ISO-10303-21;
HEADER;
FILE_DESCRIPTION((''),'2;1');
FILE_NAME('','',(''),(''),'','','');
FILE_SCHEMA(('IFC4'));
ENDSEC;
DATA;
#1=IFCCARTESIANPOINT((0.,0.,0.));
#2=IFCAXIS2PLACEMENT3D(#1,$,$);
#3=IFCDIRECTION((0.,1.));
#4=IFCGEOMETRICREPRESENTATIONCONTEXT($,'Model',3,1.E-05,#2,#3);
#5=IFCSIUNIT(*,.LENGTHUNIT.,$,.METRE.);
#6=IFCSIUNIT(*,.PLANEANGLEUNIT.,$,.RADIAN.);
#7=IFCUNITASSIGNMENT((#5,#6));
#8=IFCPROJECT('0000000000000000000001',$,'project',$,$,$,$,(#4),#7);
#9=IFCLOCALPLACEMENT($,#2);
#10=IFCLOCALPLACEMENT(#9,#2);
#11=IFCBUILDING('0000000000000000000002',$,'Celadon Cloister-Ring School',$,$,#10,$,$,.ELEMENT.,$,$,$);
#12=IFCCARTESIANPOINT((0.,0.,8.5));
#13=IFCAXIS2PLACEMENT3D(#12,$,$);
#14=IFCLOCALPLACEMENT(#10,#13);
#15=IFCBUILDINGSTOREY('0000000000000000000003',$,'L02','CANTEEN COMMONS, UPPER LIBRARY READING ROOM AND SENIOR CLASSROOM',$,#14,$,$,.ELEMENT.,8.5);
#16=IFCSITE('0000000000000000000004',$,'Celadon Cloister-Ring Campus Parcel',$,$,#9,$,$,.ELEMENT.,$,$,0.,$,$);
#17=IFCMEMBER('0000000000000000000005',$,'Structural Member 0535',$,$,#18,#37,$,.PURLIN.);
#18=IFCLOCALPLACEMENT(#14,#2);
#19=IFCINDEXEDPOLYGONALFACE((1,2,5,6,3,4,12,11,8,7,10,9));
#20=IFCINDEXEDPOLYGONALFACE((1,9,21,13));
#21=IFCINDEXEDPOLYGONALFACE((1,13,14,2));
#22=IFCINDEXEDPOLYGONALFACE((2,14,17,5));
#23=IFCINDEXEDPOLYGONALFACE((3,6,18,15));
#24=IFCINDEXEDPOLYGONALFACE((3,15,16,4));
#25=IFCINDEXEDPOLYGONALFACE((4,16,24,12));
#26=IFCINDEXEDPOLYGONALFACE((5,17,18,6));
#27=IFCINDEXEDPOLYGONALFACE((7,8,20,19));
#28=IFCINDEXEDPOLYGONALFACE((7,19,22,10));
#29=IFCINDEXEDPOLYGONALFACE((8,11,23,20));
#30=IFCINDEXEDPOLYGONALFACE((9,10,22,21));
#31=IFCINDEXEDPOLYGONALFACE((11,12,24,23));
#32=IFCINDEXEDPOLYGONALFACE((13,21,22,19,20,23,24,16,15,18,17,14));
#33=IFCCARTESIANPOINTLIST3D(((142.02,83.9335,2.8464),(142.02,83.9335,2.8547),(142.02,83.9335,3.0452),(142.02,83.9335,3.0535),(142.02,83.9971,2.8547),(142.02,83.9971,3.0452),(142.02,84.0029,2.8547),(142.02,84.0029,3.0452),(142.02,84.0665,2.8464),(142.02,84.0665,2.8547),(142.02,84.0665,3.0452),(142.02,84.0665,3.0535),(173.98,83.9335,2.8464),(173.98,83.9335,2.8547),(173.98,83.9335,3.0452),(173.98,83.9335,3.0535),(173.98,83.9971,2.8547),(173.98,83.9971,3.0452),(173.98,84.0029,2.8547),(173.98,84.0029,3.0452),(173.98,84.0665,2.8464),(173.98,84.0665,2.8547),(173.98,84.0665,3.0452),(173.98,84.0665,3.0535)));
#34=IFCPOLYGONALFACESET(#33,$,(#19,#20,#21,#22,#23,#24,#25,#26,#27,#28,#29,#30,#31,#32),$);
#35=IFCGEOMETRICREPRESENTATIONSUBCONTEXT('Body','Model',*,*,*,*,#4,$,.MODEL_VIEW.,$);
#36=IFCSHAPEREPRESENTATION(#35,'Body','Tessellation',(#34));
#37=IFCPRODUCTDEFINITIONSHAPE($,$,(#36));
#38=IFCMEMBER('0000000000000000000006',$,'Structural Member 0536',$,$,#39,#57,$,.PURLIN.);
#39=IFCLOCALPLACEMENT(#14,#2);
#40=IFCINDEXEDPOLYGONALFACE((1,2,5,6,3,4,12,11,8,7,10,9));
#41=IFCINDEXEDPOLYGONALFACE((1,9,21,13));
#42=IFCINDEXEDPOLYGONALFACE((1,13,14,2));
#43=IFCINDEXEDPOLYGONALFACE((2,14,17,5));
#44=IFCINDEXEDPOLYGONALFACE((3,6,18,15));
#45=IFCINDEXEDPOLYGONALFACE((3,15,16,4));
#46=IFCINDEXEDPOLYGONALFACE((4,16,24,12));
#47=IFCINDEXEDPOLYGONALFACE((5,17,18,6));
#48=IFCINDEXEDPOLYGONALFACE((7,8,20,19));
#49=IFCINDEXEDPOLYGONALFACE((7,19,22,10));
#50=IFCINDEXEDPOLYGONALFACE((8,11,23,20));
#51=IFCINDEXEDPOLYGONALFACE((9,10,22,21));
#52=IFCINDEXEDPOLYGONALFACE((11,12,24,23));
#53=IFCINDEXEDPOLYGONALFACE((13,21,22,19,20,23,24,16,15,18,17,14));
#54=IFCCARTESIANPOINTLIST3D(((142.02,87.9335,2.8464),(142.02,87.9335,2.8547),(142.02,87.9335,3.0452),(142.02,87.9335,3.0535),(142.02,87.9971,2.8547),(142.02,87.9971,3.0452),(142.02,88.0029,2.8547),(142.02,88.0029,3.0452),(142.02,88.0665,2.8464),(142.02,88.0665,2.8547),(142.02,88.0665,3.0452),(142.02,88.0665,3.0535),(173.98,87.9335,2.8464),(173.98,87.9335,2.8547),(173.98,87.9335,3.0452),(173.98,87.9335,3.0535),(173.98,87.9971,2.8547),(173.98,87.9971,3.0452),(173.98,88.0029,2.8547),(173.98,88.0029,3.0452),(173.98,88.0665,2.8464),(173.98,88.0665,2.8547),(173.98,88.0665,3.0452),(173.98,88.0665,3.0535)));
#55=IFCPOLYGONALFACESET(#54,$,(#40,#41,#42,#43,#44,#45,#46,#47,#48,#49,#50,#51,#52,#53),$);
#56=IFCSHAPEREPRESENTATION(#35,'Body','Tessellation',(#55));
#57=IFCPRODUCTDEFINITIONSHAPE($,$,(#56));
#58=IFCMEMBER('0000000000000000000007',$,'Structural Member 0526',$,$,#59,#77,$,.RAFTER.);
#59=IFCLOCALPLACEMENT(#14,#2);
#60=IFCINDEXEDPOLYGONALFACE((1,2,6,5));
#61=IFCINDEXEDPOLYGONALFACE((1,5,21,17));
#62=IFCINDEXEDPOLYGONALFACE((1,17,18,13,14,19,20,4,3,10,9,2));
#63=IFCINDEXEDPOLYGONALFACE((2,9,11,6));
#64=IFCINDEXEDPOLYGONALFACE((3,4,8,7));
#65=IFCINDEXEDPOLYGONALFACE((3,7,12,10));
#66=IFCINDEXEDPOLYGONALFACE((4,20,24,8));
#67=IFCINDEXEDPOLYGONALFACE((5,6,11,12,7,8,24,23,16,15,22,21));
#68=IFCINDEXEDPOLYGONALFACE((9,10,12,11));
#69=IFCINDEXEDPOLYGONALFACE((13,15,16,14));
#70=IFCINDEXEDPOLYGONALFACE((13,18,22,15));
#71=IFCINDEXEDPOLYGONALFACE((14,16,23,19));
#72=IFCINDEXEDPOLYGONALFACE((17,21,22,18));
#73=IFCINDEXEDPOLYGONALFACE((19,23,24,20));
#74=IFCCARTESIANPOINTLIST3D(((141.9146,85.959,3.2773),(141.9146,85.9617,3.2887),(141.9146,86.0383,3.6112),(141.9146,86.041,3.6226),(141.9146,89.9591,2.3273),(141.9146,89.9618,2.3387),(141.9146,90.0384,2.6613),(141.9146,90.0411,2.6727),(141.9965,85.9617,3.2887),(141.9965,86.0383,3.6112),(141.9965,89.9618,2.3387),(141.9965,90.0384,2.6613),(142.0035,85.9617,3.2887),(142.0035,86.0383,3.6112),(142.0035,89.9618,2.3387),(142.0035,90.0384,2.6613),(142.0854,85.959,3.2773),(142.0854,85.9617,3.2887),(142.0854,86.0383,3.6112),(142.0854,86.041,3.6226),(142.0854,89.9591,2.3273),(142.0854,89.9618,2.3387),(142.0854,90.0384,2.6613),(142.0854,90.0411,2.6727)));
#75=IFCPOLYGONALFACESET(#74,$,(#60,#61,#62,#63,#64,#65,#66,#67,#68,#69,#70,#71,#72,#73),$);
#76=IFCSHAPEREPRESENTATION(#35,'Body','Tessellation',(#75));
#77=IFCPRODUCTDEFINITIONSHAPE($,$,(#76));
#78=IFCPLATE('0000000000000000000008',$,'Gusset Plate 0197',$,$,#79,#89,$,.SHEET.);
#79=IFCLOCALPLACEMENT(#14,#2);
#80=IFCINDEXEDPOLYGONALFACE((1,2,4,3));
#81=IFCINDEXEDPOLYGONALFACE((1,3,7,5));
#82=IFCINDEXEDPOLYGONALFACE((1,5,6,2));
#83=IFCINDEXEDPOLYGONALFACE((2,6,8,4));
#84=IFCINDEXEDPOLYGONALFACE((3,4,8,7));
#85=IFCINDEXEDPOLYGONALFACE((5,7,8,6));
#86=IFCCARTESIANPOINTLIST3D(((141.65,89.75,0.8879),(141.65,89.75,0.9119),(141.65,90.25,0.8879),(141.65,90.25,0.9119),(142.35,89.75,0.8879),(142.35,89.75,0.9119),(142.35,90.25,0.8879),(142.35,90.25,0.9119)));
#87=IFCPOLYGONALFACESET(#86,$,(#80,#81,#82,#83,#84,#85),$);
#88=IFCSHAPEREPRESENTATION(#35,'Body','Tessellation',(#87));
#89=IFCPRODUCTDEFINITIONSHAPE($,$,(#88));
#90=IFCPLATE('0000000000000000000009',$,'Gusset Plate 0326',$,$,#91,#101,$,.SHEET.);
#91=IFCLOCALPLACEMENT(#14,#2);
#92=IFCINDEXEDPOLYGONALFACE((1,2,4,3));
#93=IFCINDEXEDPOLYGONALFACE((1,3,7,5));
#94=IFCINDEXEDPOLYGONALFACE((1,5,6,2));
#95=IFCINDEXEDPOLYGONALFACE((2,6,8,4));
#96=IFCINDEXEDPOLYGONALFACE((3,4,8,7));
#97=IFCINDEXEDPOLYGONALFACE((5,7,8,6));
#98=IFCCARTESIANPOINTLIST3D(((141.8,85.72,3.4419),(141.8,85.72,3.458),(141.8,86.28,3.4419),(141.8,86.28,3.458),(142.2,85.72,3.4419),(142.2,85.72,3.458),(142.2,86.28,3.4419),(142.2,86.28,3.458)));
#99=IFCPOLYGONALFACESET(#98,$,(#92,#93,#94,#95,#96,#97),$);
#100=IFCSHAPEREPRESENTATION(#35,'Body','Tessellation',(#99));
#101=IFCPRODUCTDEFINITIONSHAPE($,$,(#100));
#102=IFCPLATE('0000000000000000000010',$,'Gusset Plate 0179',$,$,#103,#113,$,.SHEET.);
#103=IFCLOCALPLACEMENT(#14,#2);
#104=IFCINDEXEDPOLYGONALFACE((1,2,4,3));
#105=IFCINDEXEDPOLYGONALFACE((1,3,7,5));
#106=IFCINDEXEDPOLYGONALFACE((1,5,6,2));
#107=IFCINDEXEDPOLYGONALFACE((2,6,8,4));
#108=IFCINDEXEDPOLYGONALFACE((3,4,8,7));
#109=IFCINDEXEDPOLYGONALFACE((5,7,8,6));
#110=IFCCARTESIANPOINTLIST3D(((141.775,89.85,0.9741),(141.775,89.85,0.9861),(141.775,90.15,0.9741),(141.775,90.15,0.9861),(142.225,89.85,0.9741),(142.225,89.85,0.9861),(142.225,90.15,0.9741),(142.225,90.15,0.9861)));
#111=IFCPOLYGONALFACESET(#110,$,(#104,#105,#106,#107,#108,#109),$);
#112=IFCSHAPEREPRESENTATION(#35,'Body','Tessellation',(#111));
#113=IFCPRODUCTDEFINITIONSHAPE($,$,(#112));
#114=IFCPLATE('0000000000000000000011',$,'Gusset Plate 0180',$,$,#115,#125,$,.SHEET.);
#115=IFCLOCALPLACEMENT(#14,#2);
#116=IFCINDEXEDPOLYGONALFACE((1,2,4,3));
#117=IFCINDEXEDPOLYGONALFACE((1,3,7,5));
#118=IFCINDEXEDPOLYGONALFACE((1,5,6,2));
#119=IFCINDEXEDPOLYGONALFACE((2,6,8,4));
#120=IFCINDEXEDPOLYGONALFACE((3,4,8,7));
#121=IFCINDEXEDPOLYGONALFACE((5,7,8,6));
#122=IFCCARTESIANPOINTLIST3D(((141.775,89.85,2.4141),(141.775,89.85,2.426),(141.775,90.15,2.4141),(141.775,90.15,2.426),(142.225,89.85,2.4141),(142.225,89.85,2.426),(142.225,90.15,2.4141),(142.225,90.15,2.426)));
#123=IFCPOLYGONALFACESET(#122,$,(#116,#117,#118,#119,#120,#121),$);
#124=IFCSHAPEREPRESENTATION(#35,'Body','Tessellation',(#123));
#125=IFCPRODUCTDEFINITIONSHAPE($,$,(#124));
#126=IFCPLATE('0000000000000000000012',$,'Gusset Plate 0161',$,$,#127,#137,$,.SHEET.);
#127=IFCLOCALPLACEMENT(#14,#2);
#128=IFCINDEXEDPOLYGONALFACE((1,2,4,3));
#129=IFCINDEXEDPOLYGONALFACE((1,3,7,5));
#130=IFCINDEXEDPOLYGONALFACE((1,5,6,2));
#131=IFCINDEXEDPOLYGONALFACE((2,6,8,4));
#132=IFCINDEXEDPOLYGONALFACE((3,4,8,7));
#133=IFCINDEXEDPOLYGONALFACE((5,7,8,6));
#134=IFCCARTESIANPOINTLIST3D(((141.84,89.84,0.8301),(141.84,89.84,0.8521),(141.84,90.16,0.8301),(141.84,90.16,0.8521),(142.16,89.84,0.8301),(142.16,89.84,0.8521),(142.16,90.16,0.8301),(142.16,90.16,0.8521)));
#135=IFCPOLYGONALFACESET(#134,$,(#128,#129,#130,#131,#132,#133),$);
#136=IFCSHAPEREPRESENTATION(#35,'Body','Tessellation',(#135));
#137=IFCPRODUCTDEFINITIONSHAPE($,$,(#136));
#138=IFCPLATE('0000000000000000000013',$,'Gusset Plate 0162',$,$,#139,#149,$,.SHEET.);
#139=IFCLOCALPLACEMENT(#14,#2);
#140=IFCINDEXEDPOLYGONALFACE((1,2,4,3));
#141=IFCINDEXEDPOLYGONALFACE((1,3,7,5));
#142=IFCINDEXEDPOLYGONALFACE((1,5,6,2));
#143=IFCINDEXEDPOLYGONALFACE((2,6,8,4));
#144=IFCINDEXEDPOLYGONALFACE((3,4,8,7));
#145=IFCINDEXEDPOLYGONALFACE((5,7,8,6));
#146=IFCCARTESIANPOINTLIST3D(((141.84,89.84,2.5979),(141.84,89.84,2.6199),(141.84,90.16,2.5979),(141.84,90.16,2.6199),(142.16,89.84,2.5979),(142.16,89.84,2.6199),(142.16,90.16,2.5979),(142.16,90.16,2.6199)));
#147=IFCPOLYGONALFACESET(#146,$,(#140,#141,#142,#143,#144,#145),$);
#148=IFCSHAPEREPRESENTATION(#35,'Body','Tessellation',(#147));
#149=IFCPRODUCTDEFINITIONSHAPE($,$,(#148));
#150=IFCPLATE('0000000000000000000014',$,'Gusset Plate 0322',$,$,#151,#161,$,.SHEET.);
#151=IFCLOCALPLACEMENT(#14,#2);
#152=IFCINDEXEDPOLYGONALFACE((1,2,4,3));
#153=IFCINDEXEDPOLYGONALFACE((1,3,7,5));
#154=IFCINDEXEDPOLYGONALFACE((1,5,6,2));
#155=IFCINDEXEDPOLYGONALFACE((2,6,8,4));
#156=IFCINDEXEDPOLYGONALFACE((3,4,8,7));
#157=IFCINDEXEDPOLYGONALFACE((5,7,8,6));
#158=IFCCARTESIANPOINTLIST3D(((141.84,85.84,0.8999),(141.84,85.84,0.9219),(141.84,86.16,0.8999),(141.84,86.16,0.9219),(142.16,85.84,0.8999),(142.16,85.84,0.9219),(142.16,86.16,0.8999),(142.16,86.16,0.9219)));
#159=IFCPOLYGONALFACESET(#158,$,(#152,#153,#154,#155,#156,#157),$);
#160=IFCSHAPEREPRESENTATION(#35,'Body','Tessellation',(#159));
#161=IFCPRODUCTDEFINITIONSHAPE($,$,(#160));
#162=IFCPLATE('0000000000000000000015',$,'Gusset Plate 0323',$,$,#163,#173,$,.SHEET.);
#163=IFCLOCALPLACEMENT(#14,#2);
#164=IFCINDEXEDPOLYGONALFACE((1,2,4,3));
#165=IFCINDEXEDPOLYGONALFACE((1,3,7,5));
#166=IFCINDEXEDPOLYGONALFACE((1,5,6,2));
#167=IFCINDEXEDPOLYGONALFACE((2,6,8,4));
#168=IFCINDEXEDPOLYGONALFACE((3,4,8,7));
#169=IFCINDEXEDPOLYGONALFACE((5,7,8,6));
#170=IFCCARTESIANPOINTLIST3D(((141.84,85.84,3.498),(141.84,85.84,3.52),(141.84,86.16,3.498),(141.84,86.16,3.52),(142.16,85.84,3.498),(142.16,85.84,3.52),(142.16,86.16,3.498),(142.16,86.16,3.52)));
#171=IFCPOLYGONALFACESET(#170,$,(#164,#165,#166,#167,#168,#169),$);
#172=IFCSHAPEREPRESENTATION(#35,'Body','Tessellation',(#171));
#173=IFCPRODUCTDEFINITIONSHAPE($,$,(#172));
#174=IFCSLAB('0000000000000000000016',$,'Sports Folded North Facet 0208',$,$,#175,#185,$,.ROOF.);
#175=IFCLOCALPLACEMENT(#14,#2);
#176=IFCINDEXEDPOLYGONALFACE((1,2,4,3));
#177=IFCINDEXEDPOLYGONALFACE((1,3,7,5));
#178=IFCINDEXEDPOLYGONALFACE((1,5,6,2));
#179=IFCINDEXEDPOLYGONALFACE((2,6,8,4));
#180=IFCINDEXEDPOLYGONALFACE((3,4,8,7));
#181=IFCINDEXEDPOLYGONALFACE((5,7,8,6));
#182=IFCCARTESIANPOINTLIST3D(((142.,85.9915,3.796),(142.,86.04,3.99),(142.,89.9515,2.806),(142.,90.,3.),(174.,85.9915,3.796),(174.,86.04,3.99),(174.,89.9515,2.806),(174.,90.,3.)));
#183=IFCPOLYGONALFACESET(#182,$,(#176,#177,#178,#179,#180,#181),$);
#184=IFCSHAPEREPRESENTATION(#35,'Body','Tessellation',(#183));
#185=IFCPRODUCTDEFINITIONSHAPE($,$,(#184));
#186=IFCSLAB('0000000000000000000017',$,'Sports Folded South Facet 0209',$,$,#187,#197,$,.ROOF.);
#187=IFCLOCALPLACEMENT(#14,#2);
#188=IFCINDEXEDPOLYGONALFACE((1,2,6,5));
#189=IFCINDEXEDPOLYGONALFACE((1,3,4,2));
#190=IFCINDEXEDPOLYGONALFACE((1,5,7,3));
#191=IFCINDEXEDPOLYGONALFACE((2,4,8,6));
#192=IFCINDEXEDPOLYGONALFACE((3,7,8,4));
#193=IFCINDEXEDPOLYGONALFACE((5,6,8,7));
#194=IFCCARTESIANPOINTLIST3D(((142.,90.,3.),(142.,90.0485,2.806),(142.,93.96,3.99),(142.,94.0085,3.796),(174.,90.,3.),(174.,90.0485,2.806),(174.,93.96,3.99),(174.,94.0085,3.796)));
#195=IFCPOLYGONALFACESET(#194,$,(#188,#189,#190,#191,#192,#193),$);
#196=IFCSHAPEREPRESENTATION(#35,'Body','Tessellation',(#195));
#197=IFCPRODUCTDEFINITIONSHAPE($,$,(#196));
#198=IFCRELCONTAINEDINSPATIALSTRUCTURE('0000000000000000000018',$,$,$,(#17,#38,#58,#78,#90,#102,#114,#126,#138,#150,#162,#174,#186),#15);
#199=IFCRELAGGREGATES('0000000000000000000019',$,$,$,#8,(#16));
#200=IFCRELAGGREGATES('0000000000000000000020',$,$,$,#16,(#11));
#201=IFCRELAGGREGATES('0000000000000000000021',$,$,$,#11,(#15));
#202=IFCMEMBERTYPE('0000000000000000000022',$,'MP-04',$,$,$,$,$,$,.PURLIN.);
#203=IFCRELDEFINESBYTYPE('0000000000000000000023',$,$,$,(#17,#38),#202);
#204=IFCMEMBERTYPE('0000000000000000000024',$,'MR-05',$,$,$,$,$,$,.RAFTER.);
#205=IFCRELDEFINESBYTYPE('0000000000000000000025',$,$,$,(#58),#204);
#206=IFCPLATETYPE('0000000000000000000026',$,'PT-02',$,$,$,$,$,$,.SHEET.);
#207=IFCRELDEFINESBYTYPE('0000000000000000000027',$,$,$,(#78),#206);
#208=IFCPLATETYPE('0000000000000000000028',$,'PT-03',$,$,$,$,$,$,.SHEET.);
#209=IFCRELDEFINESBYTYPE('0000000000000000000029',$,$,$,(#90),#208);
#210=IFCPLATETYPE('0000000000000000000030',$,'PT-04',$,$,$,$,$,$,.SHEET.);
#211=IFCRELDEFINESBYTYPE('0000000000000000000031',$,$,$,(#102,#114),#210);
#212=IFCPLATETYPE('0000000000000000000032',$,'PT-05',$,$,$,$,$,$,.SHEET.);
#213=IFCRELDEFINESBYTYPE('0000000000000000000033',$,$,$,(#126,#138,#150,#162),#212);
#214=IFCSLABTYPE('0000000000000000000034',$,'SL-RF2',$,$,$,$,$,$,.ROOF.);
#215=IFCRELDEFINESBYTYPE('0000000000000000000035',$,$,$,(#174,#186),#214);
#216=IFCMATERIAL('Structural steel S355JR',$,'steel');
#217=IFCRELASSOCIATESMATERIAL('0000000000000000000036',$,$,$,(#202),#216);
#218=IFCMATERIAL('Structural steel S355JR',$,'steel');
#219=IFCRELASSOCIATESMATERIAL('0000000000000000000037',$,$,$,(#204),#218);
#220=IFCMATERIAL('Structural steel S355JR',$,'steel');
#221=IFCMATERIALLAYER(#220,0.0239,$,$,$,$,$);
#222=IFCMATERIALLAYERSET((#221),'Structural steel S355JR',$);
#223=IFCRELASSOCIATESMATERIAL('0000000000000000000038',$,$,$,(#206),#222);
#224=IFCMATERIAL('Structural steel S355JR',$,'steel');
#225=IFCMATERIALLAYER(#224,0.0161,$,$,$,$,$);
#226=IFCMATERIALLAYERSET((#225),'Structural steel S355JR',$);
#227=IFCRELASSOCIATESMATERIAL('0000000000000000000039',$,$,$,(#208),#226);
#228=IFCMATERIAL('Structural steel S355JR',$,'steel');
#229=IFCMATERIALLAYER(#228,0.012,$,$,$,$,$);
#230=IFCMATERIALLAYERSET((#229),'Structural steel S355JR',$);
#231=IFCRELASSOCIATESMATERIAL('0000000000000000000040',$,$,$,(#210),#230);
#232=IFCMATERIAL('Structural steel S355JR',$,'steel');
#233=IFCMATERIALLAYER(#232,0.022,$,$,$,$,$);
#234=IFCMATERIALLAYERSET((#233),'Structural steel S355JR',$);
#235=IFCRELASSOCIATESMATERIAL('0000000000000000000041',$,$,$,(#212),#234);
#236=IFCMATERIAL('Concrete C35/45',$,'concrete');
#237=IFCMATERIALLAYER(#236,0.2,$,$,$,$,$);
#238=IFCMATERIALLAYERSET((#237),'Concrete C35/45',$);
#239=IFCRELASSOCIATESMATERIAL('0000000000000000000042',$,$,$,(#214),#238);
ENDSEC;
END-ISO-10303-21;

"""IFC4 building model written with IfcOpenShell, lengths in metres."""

from ifc_helpers import new_model, si_unit, direction, frame, origin, origin_2d, place, context, subcontext, project, spatial, polyline, rectangle, i_section, outline, extrude, material, layer, layer_set, material_profile, profile_set, type_object, element, save


model = new_model("IFC4")

# Units and contexts
model_context = context("Model", 3, precision=1e-05, world=origin(), true_north=direction((0.0, 1.0)))
body_context = subcontext(model_context, "Body", "Model", "MODEL_VIEW")
ifc_project = project(units=[si_unit("LENGTHUNIT", "METRE"), si_unit("PLANEANGLEUNIT", "RADIAN")], contexts=[model_context])

# Site, building, storey
site_placement = place(None, origin())
site = spatial("IfcSite", under=ifc_project, at=site_placement, Name="Celadon Cloister-Ring Campus Parcel", CompositionType="ELEMENT", RefElevation=0.0)
building_placement = place(site_placement, origin())
building = spatial("IfcBuilding", under=site, at=building_placement, Name="Celadon Cloister-Ring School", CompositionType="ELEMENT")
storey_placement = place(building_placement, frame((0.0, 0.0, 8.5)))
storey = spatial("IfcBuildingStorey", under=building, at=storey_placement, Name="L02", Description="CANTEEN COMMONS, UPPER LIBRARY READING ROOM AND SENIOR CLASSROOM", CompositionType="ELEMENT", Elevation=8.5)

# Members
ifc_material_1 = material(Name="Structural steel S355JR", Category="steel")
ifc_material_profile_1 = material_profile(ifc_material_1, i_section(OverallWidth=0.1331, OverallDepth=0.207, WebThickness=0.0059, FlangeThickness=0.0083, at=origin_2d()), Name="W200X27")
ifc_profile_set_1 = profile_set([ifc_material_profile_1], Name="Structural steel S355JR")
member_type_1 = type_object("IfcMemberType", Name="MP-04", PredefinedType="PURLIN", material=ifc_profile_set_1)
for number, where, z_axis, x_axis, name in (
    (1, (142.02, 84.0, 2.95), (1.0, 0.0, 0.0), (0.0, 1.0, 0.0), "Structural Member 0535"),
    (2, (142.02, 88.0, 2.95), (1.0, 0.0, 0.0), (0.0, 1.0, 0.0), "Structural Member 0536"),
):
    element("IfcMember", number, at=place(storey_placement, frame(where, z_axis=z_axis, x_axis=x_axis)), inside=storey, type_object=member_type_1, Name=name, PredefinedType="PURLIN", context=body_context, shape_type="SweptSolid", body=[
        extrude(i_section(OverallWidth=0.1331, OverallDepth=0.207, WebThickness=0.0059, FlangeThickness=0.0083, at=origin_2d()), origin(), (0.0, 0.0, 1.0), 31.96),
    ])
ifc_material_2 = material(Name="Structural steel S355JR", Category="steel")
ifc_material_profile_2 = material_profile(ifc_material_2, i_section(OverallWidth=0.1709, OverallDepth=0.355, WebThickness=0.0071, FlangeThickness=0.0117, at=origin_2d()), Name="W360X51")
ifc_profile_set_2 = profile_set([ifc_material_profile_2], Name="Structural steel S355JR")
member_type_2 = type_object("IfcMemberType", Name="MR-05", PredefinedType="RAFTER", material=ifc_profile_set_2)
member_1_placement = place(storey_placement, frame((142.0, 86.0, 3.45), z_axis=(0.0, 0.972939, -0.231061), x_axis=(-1.0, 0.0, 0.0)))
element("IfcMember", 3, at=member_1_placement, inside=storey, type_object=member_type_2, Name="Structural Member 0526", PredefinedType="RAFTER", context=body_context, shape_type="SweptSolid", body=[
    extrude(i_section(OverallWidth=0.1709, OverallDepth=0.355, WebThickness=0.0071, FlangeThickness=0.0117, at=origin_2d()), origin(), (0.0, 0.0, 1.0), 4.1113),
])

# Plates
ifc_material_3 = material(Name="Structural steel S355JR", Category="steel")
ifc_layer_1 = layer(ifc_material_3, 0.0239)
ifc_layer_set_1 = layer_set([ifc_layer_1], Name="Structural steel S355JR")
plate_type_1 = type_object("IfcPlateType", Name="PT-02", PredefinedType="SHEET", material=ifc_layer_set_1)
plate_1_placement = place(storey_placement, frame((142.0, 90.0, 0.8879), z_axis=(0.0, 0.0, 1.0), x_axis=(1.0, 0.0, 0.0)))
element("IfcPlate", 4, at=plate_1_placement, inside=storey, type_object=plate_type_1, Name="Gusset Plate 0197", PredefinedType="SHEET", context=body_context, shape_type="SweptSolid", body=[
    extrude(rectangle(XDim=0.7, YDim=0.5, at=origin_2d()), origin(), (0.0, 0.0, 1.0), 0.0239),
])
ifc_material_4 = material(Name="Structural steel S355JR", Category="steel")
ifc_layer_2 = layer(ifc_material_4, 0.0161)
ifc_layer_set_2 = layer_set([ifc_layer_2], Name="Structural steel S355JR")
plate_type_2 = type_object("IfcPlateType", Name="PT-03", PredefinedType="SHEET", material=ifc_layer_set_2)
plate_2_placement = place(storey_placement, frame((142.0, 86.0, 3.4419), z_axis=(0.0, 0.0, 1.0), x_axis=(0.0, 1.0, 0.0)))
element("IfcPlate", 5, at=plate_2_placement, inside=storey, type_object=plate_type_2, Name="Gusset Plate 0326", PredefinedType="SHEET", context=body_context, shape_type="SweptSolid", body=[
    extrude(rectangle(XDim=0.5601, YDim=0.3999, at=origin_2d()), origin(), (0.0, 0.0, 1.0), 0.0161),
])
ifc_material_5 = material(Name="Structural steel S355JR", Category="steel")
ifc_layer_3 = layer(ifc_material_5, 0.012)
ifc_layer_set_3 = layer_set([ifc_layer_3], Name="Structural steel S355JR")
plate_type_3 = type_object("IfcPlateType", Name="PT-04", PredefinedType="SHEET", material=ifc_layer_set_3)
for number, where, z_axis, x_axis, name in (
    (6, (142.0, 90.0, 0.9741), (0.0, 0.0, 1.0), (1.0, 0.0, 0.0), "Gusset Plate 0179"),
    (7, (142.0, 90.0, 2.4141), (0.0, 0.0, 1.0), (1.0, 0.0, 0.0), "Gusset Plate 0180"),
):
    element("IfcPlate", number, at=place(storey_placement, frame(where, z_axis=z_axis, x_axis=x_axis)), inside=storey, type_object=plate_type_3, Name=name, PredefinedType="SHEET", context=body_context, shape_type="SweptSolid", body=[
        extrude(rectangle(XDim=0.45, YDim=0.3, at=origin_2d()), origin(), (0.0, 0.0, 1.0), 0.012),
    ])
ifc_material_6 = material(Name="Structural steel S355JR", Category="steel")
ifc_layer_4 = layer(ifc_material_6, 0.022)
ifc_layer_set_4 = layer_set([ifc_layer_4], Name="Structural steel S355JR")
plate_type_4 = type_object("IfcPlateType", Name="PT-05", PredefinedType="SHEET", material=ifc_layer_set_4)
for number, where, z_axis, x_axis, name in (
    (8, (142.0, 90.0, 0.8301), (0.0, 0.0, 1.0), (1.0, 0.0, 0.0), "Gusset Plate 0161"),
    (9, (142.0, 90.0, 2.5979), (0.0, 0.0, 1.0), (1.0, 0.0, 0.0), "Gusset Plate 0162"),
    (10, (142.0, 86.0, 0.8999), (0.0, 0.0, 1.0), (1.0, 0.0, 0.0), "Gusset Plate 0322"),
    (11, (142.0, 86.0, 3.498), (0.0, 0.0, 1.0), (1.0, 0.0, 0.0), "Gusset Plate 0323"),
):
    element("IfcPlate", number, at=place(storey_placement, frame(where, z_axis=z_axis, x_axis=x_axis)), inside=storey, type_object=plate_type_4, Name=name, PredefinedType="SHEET", context=body_context, shape_type="SweptSolid", body=[
        extrude(rectangle(XDim=0.3201, YDim=0.3201, at=origin_2d()), origin(), (0.0, 0.0, 1.0), 0.022),
    ])

# Slabs
ifc_material_7 = material(Name="Concrete C35/45", Category="concrete")
ifc_layer_5 = layer(ifc_material_7, 0.2)
ifc_layer_set_5 = layer_set([ifc_layer_5], Name="Concrete C35/45")
slab_type = type_object("IfcSlabType", Name="SL-RF2", PredefinedType="ROOF", material=ifc_layer_set_5)
for number, where, z_axis, x_axis, name in (
    (12, (142.0, 86.04, 3.99), (0.0, 0.242536, 0.970143), (1.0, 0.0, 0.0), "Sports Folded North Facet 0208"),
    (13, (142.0, 90.0, 3.0), (0.0, -0.242536, 0.970143), (1.0, 0.0, 0.0), "Sports Folded South Facet 0209"),
):
    element("IfcSlab", number, at=place(storey_placement, frame(where, z_axis=z_axis, x_axis=x_axis)), inside=storey, type_object=slab_type, Name=name, PredefinedType="ROOF", context=body_context, shape_type="SweptSolid", body=[
        extrude(outline(polyline([(0.0, 0.0), (32.0, 0.0), (32.0, 4.0818), (0.0, 4.0818), (0.0, 0.0)])), origin(), (0.0, 0.0, -1.0), 0.2),
    ])

save(model, "model.ifc")
